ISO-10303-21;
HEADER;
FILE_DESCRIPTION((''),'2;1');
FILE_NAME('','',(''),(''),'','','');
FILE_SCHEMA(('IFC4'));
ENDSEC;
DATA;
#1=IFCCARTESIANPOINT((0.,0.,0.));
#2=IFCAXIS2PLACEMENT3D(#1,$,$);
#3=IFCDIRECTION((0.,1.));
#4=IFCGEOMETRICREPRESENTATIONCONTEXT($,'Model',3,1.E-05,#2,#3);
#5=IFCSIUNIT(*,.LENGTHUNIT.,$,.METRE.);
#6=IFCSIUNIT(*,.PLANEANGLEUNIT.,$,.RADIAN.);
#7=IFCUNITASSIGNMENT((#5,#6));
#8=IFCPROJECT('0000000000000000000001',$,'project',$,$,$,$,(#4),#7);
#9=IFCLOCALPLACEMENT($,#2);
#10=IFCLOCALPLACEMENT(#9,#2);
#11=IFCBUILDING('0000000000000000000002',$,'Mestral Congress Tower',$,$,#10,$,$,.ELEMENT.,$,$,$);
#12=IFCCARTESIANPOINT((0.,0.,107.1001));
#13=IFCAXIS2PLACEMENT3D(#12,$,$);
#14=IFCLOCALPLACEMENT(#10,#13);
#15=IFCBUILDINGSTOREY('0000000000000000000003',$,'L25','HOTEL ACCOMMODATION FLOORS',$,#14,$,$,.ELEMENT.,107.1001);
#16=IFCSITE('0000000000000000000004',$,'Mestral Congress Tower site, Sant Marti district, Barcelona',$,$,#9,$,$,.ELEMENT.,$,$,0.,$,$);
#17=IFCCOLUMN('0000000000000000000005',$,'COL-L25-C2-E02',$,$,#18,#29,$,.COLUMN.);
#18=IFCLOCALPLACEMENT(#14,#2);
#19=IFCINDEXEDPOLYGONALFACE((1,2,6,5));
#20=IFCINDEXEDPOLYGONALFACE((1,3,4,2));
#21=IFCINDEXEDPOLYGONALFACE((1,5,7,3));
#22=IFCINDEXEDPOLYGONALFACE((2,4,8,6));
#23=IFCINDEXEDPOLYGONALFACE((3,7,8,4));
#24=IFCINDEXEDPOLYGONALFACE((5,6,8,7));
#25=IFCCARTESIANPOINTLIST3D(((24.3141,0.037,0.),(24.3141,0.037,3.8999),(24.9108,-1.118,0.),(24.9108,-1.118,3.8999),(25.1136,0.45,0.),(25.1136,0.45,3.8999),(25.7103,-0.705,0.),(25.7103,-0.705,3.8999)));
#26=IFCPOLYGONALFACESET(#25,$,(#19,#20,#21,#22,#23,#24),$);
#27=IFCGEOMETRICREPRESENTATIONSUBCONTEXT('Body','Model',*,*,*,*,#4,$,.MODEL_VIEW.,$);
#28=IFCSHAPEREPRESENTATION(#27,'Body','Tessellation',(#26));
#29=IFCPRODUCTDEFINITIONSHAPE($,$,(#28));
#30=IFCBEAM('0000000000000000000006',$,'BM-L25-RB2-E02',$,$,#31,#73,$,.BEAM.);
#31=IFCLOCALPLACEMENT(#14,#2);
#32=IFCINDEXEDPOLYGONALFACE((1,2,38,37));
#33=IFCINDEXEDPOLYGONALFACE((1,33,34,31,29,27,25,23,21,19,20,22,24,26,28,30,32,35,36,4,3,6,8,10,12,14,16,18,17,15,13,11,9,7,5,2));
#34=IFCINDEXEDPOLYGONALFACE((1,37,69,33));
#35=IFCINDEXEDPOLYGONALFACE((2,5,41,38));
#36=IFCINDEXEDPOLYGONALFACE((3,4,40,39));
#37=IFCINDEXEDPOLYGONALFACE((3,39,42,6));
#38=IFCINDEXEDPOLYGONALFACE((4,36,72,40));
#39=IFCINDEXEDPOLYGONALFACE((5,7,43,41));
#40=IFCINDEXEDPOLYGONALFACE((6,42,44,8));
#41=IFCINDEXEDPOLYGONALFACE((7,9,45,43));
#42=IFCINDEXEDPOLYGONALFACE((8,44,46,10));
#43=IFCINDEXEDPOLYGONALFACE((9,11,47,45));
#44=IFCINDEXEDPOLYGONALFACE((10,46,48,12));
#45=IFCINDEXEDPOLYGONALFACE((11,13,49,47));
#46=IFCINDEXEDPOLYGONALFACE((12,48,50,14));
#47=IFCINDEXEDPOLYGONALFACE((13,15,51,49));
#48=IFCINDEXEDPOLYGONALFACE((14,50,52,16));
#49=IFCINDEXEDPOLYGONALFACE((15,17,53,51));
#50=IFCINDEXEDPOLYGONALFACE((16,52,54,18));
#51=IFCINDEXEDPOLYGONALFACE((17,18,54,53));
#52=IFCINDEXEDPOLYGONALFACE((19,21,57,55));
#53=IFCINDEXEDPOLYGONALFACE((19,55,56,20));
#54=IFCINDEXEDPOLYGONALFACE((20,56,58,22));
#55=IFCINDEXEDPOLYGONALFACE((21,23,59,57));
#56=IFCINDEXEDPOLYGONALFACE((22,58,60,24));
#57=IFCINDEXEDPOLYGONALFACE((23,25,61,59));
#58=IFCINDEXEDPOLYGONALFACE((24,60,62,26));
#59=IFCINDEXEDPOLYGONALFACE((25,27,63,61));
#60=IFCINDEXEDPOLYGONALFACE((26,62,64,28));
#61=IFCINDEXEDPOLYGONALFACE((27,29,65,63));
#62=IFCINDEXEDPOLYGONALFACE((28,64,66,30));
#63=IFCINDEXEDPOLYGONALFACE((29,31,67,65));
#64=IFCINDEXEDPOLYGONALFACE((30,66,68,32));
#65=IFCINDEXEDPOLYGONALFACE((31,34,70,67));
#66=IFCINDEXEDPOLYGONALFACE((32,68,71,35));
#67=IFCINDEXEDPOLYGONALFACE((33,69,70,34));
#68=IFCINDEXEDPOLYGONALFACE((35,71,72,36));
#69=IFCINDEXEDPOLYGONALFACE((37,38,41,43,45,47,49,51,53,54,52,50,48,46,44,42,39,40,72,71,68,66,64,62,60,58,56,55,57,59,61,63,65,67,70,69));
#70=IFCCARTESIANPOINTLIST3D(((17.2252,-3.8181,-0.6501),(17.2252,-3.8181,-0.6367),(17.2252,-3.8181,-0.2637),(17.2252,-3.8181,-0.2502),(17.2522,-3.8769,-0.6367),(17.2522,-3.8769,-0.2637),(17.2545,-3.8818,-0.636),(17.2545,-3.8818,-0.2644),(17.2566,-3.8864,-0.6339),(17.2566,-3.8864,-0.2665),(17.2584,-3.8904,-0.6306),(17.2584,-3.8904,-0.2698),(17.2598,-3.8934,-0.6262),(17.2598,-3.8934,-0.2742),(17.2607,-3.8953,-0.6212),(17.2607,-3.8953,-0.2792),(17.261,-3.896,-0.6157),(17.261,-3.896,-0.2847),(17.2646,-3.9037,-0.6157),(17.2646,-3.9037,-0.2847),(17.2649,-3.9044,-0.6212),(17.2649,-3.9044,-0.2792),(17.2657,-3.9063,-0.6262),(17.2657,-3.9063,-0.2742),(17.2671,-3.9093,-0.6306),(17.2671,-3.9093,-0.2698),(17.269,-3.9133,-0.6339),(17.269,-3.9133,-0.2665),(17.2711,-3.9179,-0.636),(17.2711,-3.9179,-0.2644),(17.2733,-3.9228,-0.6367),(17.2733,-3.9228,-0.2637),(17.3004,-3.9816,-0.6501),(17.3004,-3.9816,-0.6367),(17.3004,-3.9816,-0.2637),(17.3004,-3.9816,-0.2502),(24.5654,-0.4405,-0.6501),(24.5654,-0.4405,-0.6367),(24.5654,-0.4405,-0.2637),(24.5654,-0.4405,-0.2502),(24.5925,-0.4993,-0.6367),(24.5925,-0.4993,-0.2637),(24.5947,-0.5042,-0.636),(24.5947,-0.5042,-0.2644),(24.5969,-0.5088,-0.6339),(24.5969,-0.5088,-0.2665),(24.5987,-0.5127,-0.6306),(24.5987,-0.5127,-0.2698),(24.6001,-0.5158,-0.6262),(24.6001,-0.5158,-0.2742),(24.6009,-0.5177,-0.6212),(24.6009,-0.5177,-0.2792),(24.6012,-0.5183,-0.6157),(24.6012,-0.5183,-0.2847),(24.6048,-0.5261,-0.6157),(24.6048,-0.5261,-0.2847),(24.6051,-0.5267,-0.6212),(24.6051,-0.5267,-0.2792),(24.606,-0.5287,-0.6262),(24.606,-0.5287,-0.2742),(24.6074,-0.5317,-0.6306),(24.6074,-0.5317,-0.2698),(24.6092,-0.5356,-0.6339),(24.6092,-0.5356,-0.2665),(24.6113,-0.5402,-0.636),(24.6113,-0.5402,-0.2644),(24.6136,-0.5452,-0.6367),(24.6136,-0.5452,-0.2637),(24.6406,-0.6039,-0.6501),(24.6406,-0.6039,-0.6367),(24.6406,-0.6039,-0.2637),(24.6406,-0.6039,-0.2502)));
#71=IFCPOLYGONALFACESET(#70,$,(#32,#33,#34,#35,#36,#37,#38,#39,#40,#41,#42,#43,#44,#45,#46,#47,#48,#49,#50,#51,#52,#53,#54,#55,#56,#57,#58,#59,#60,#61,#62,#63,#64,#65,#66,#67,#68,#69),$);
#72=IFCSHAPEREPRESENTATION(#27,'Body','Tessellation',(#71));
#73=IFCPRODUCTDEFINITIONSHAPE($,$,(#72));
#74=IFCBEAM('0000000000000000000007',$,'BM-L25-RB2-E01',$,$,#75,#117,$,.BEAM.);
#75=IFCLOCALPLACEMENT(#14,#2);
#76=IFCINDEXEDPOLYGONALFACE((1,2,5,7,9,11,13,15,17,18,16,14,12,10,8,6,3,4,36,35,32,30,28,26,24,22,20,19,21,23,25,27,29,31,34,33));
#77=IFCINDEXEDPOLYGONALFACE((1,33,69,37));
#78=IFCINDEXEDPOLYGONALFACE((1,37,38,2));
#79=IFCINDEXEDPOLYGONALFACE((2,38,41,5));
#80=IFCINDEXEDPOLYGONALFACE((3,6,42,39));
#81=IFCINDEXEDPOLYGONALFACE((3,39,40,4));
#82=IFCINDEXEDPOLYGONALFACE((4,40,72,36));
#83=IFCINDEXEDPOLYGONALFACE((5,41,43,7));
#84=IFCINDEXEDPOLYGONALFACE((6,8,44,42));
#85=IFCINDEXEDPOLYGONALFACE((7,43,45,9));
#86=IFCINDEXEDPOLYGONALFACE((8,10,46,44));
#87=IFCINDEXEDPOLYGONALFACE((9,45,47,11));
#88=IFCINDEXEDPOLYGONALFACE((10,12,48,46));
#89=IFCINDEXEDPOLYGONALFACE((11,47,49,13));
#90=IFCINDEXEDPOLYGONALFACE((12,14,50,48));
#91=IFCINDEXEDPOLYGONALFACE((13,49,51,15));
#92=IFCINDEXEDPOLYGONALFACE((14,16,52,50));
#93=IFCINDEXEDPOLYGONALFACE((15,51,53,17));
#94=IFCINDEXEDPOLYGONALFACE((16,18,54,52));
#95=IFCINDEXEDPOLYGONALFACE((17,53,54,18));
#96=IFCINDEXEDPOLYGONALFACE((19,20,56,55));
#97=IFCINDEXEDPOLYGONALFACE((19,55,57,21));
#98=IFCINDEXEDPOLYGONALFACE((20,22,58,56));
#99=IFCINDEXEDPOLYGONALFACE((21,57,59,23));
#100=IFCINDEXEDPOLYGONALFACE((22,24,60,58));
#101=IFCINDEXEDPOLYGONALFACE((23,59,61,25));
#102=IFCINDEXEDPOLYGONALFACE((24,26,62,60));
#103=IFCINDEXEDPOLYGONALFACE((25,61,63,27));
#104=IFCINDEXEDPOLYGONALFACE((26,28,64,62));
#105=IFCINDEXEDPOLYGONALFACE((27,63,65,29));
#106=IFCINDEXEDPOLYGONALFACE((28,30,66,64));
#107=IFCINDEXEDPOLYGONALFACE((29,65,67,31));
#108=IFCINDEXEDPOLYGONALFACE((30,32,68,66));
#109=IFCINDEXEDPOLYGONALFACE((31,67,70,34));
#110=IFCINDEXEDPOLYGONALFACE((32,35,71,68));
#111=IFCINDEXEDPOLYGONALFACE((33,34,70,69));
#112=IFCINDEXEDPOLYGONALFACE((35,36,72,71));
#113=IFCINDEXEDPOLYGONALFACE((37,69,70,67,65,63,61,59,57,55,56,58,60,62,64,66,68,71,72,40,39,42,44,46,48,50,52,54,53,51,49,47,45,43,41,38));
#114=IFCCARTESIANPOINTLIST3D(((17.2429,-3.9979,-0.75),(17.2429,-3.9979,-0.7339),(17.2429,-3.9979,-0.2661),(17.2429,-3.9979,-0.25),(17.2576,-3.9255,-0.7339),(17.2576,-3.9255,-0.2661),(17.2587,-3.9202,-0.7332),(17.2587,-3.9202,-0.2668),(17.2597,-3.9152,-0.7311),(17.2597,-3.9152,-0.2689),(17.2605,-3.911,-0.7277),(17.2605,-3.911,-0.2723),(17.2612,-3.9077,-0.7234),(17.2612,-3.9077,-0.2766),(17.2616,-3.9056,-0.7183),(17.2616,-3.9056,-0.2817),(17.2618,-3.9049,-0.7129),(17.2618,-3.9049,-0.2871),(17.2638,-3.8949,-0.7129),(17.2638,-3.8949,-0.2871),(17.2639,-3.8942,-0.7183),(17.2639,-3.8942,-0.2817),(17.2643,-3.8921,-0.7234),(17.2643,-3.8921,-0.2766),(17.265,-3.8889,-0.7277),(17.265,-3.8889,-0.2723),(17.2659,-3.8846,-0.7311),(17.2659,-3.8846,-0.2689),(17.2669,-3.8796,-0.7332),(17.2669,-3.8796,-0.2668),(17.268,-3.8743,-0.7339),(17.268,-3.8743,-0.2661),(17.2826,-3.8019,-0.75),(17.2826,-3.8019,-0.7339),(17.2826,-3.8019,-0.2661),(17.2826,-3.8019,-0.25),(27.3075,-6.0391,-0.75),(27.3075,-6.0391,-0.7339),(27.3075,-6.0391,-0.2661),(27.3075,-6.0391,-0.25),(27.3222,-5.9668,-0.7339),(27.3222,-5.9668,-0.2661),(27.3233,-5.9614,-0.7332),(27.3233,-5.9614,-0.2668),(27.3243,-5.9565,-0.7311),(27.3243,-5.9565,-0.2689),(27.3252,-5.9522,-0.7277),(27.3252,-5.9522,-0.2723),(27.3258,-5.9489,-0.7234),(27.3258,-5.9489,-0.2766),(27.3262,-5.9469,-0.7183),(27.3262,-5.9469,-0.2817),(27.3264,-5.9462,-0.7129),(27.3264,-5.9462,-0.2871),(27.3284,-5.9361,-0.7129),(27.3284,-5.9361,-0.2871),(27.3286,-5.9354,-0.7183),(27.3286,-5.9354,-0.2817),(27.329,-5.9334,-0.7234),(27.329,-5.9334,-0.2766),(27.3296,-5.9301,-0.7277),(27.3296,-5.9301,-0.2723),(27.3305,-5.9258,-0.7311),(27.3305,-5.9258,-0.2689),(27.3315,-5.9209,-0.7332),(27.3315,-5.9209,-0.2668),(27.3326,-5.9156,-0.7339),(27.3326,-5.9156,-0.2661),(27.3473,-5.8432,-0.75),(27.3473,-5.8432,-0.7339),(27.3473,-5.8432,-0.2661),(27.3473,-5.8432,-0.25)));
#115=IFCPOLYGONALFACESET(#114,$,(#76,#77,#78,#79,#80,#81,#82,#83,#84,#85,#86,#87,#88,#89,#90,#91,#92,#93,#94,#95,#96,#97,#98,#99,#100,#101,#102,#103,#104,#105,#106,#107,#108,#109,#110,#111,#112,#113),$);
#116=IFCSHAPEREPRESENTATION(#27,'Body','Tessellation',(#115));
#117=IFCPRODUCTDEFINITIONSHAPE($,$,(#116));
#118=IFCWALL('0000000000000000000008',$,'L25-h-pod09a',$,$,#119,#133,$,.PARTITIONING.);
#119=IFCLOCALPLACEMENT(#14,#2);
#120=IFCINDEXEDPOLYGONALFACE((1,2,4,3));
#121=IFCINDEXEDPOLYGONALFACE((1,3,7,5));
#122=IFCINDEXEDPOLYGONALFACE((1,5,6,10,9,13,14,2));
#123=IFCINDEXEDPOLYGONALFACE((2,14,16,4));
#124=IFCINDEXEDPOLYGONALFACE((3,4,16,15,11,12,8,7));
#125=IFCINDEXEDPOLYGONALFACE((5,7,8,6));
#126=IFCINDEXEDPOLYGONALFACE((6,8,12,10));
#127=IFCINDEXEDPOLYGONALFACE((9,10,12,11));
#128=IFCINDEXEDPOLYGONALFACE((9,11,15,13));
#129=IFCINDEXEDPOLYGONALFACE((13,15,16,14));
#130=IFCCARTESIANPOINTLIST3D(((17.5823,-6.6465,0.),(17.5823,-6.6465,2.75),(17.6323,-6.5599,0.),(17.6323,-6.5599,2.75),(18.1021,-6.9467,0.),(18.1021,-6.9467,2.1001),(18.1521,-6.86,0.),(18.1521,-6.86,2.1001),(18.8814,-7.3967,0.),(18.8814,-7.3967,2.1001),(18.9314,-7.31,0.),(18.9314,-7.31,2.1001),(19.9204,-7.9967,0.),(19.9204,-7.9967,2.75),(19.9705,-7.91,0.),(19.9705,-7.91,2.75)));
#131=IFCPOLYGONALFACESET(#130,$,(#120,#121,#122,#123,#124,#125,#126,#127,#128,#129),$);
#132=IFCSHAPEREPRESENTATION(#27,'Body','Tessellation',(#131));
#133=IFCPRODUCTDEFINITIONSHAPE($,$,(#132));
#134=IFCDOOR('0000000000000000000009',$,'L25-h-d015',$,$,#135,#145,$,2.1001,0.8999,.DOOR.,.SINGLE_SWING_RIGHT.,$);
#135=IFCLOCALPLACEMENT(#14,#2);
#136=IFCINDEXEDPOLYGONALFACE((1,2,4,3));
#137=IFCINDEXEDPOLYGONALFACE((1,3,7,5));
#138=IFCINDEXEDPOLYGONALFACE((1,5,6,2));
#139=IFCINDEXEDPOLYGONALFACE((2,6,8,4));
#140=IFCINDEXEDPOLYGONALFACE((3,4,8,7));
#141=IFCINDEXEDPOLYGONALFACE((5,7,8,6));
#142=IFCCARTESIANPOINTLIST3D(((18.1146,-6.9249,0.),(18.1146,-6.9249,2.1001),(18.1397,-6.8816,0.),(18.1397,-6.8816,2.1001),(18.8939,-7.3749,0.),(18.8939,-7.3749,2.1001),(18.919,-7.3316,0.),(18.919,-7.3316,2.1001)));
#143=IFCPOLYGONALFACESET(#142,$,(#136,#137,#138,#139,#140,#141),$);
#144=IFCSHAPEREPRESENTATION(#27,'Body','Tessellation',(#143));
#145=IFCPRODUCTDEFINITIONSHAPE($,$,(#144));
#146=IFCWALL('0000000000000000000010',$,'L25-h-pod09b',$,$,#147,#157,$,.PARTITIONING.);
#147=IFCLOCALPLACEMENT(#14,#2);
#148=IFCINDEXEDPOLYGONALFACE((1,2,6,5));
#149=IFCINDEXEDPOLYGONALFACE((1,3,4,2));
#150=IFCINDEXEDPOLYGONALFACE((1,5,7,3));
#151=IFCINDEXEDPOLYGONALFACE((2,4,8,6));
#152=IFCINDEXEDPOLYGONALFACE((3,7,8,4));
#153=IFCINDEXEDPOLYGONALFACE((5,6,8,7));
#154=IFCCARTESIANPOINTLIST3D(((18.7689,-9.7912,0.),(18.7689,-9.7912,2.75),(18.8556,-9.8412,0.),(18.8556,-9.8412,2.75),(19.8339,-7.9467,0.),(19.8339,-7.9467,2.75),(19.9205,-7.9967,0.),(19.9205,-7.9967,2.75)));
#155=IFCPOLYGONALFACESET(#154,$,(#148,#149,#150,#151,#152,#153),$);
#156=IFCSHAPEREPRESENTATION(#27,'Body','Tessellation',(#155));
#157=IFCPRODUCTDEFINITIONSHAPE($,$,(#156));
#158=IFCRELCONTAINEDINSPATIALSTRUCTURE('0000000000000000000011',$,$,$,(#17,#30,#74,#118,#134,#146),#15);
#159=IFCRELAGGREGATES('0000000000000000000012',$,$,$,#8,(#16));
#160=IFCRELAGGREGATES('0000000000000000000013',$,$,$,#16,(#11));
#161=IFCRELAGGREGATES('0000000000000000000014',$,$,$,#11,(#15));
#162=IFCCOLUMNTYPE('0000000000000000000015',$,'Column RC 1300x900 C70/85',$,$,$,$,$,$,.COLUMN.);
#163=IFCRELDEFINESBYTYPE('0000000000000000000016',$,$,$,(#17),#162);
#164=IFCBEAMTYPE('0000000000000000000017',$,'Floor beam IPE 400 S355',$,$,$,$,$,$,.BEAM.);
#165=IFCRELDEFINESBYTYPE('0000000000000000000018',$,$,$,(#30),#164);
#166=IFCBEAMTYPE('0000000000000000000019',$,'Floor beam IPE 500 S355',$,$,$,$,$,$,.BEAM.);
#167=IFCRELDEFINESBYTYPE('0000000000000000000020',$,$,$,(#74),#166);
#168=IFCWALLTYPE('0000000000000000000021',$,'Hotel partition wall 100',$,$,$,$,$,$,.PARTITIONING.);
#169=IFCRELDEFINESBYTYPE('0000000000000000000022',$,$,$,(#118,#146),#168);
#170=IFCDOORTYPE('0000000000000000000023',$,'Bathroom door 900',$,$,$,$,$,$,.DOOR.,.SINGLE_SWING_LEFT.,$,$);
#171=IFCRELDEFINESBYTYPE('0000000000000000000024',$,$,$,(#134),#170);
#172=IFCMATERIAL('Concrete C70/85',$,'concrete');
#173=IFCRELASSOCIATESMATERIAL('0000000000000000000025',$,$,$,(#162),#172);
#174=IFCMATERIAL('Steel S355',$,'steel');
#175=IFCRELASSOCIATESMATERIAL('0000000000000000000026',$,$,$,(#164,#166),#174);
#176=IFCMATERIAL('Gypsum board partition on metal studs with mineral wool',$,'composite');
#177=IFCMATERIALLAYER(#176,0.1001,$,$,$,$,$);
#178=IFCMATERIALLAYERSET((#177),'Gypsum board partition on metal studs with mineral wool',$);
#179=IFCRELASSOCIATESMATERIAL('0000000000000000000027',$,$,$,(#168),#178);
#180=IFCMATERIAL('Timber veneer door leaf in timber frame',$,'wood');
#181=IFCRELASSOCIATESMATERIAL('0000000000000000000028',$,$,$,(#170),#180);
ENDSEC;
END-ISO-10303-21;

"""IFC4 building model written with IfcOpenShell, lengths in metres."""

from ifc_helpers import new_model, si_unit, direction, frame, frame_2d, origin, origin_2d, place, context, subcontext, project, spatial, rectangle, i_section, extrude, material, layer, layer_set, material_profile, profile_set, type_object, element, fill, save


model = new_model("IFC4")

# Units and contexts
model_context = context("Model", 3, precision=1e-05, world=origin(), true_north=direction((0.0, 1.0)))
body_context = subcontext(model_context, "Body", "Model", "MODEL_VIEW")
ifc_project = project(units=[si_unit("LENGTHUNIT", "METRE"), si_unit("PLANEANGLEUNIT", "RADIAN")], contexts=[model_context])

# Site, building, storey
site_placement = place(None, origin())
site = spatial("IfcSite", under=ifc_project, at=site_placement, Name="Mestral Congress Tower site, Sant Marti district, Barcelona", CompositionType="ELEMENT", RefElevation=0.0)
building_placement = place(site_placement, origin())
building = spatial("IfcBuilding", under=site, at=building_placement, Name="Mestral Congress Tower", CompositionType="ELEMENT")
storey_placement = place(building_placement, frame((0.0, 0.0, 107.1001)))
storey = spatial("IfcBuildingStorey", under=building, at=storey_placement, Name="L25", Description="HOTEL ACCOMMODATION FLOORS", CompositionType="ELEMENT", Elevation=107.1001)

# Column
ifc_material_1 = material(Name="Concrete C70/85", Category="concrete")
ifc_material_profile_1 = material_profile(ifc_material_1, rectangle(XDim=1.3, YDim=0.8999, at=origin_2d()), Name="RC 1300x900")
ifc_profile_set_1 = profile_set([ifc_material_profile_1], Name="Concrete C70/85")
column_type = type_object("IfcColumnType", Name="Column RC 1300x900 C70/85", PredefinedType="COLUMN", material=ifc_profile_set_1)
column_placement = place(storey_placement, frame((25.0122, -0.334, 0.0), z_axis=(0.0, 0.0, 1.0), x_axis=(-0.458961, 0.888456, 0.0)))
element("IfcColumn", 1, at=column_placement, inside=storey, type_object=column_type, Name="COL-L25-C2-E02", PredefinedType="COLUMN", context=body_context, shape_type="SweptSolid", body=[
    extrude(rectangle(XDim=1.3, YDim=0.8999, at=origin_2d()), origin(), (0.0, 0.0, 1.0), 3.8999),
])

# Beams
ifc_material_2 = material(Name="Steel S355", Category="steel")
ifc_material_profile_2 = material_profile(ifc_material_2, i_section(OverallWidth=0.1799, OverallDepth=0.3999, WebThickness=0.0085, FlangeThickness=0.0134, FilletRadius=0.021, at=origin_2d()), Name="IPE 400")
ifc_profile_set_2 = profile_set([ifc_material_profile_2], Name="Steel S355")
beam_type_1 = type_object("IfcBeamType", Name="Floor beam IPE 400 S355", PredefinedType="BEAM", material=ifc_profile_set_2)
beam_1_placement = place(storey_placement, frame((24.603, -0.5222, -0.4502), z_axis=(-0.908437, -0.418021, 0.0), x_axis=(0.418021, -0.908437, 0.0)))
element("IfcBeam", 2, at=beam_1_placement, inside=storey, type_object=beam_type_1, Name="BM-L25-RB2-E02", PredefinedType="BEAM", context=body_context, shape_type="SweptSolid", body=[
    extrude(i_section(OverallWidth=0.1799, OverallDepth=0.3999, WebThickness=0.0085, FlangeThickness=0.0134, FilletRadius=0.021, at=origin_2d()), origin(), (0.0, 0.0, 1.0), 8.0801),
])
ifc_material_profile_3 = material_profile(ifc_material_2, i_section(OverallWidth=0.2, OverallDepth=0.5, WebThickness=0.0103, FlangeThickness=0.0161, FilletRadius=0.021, at=origin_2d()), Name="IPE 500")
ifc_profile_set_3 = profile_set([ifc_material_profile_3], Name="Steel S355")
beam_type_2 = type_object("IfcBeamType", Name="Floor beam IPE 500 S355", PredefinedType="BEAM", material=ifc_profile_set_3)
beam_2_placement = place(storey_placement, frame((27.3274, -5.9412, -0.5), z_axis=(-0.980047, 0.198767, 0.0), x_axis=(-0.198767, -0.980047, 0.0)))
element("IfcBeam", 3, at=beam_2_placement, inside=storey, type_object=beam_type_2, Name="BM-L25-RB2-E01", PredefinedType="BEAM", context=body_context, shape_type="SweptSolid", body=[
    extrude(i_section(OverallWidth=0.2, OverallDepth=0.5, WebThickness=0.0103, FlangeThickness=0.0161, FilletRadius=0.021, at=origin_2d()), origin(), (0.0, 0.0, 1.0), 10.2695),
])

# Wall, opening, door
ifc_material_3 = material(Name="Gypsum board partition on metal studs with mineral wool", Category="composite")
ifc_layer_1 = layer(ifc_material_3, 0.1001)
ifc_layer_set_1 = layer_set([ifc_layer_1], Name="Gypsum board partition on metal studs with mineral wool")
wall_type_1 = type_object("IfcWallType", Name="Hotel partition wall 100", PredefinedType="PARTITIONING", material=ifc_layer_set_1)
wall_1_placement = place(storey_placement, frame((19.9456, -7.9534, 0.0), z_axis=(0.0, 0.0, 1.0), x_axis=(-0.865997, 0.500049, 0.0)))
wall_1 = element("IfcWall", 4, at=wall_1_placement, inside=storey, type_object=wall_type_1, Name="L25-h-pod09a", PredefinedType="PARTITIONING", context=body_context, shape_type="SweptSolid", body=[
    extrude(rectangle(XDim=2.7, YDim=0.1001, at=frame_2d((1.3501, 0.0))), origin(), (0.0, 0.0, 1.0), 2.75),
])
opening_1_placement = place(wall_1_placement, frame((1.2, 0.0, 0.0)))
opening_1 = element("IfcOpeningElement", 5, at=opening_1_placement, cuts=wall_1, PredefinedType="OPENING", context=body_context, shape_type="SweptSolid", body=[
    extrude(rectangle(XDim=0.8999, YDim=2.1001, at=frame_2d((0.45, 1.05))), frame((0.0, 0.0601, 0.0), z_axis=(0.0, -1.0, 0.0), x_axis=(1.0, 0.0, 0.0)), (0.0, 0.0, 1.0), 0.1201),
])
ifc_material_4 = material(Name="Timber veneer door leaf in timber frame", Category="wood")
door_type_1 = type_object("IfcDoorType", Name="Bathroom door 900", OperationType="SINGLE_SWING_LEFT", PredefinedType="DOOR", material=ifc_material_4)
door_1_placement = place(opening_1_placement, origin())
door_1 = element("IfcDoor", 6, at=door_1_placement, inside=storey, type_object=door_type_1, Name="L25-h-d015", OperationType="SINGLE_SWING_RIGHT", OverallHeight=2.1001, OverallWidth=0.8999, PredefinedType="DOOR", context=body_context, shape_type="SweptSolid", body=[
    extrude(rectangle(XDim=0.8999, YDim=2.1001, at=frame_2d((0.45, 1.05))), frame((0.0, 0.0249, 0.0), z_axis=(0.0, -1.0, 0.0), x_axis=(1.0, 0.0, 0.0)), (0.0, 0.0, 1.0), 0.05),
])
fill(opening_1, door_1)

# Wall
wall_2_placement = place(storey_placement, frame((19.8772, -7.9717, 0.0), z_axis=(0.0, 0.0, 1.0), x_axis=(-0.50001, -0.86602, 0.0)))
element("IfcWall", 7, at=wall_2_placement, inside=storey, type_object=wall_type_1, Name="L25-h-pod09b", PredefinedType="PARTITIONING", context=body_context, shape_type="SweptSolid", body=[
    extrude(rectangle(XDim=2.1299, YDim=0.1001, at=frame_2d((1.0649, 0.0))), origin(), (0.0, 0.0, 1.0), 2.75),
])

save(model, "model.ifc")
